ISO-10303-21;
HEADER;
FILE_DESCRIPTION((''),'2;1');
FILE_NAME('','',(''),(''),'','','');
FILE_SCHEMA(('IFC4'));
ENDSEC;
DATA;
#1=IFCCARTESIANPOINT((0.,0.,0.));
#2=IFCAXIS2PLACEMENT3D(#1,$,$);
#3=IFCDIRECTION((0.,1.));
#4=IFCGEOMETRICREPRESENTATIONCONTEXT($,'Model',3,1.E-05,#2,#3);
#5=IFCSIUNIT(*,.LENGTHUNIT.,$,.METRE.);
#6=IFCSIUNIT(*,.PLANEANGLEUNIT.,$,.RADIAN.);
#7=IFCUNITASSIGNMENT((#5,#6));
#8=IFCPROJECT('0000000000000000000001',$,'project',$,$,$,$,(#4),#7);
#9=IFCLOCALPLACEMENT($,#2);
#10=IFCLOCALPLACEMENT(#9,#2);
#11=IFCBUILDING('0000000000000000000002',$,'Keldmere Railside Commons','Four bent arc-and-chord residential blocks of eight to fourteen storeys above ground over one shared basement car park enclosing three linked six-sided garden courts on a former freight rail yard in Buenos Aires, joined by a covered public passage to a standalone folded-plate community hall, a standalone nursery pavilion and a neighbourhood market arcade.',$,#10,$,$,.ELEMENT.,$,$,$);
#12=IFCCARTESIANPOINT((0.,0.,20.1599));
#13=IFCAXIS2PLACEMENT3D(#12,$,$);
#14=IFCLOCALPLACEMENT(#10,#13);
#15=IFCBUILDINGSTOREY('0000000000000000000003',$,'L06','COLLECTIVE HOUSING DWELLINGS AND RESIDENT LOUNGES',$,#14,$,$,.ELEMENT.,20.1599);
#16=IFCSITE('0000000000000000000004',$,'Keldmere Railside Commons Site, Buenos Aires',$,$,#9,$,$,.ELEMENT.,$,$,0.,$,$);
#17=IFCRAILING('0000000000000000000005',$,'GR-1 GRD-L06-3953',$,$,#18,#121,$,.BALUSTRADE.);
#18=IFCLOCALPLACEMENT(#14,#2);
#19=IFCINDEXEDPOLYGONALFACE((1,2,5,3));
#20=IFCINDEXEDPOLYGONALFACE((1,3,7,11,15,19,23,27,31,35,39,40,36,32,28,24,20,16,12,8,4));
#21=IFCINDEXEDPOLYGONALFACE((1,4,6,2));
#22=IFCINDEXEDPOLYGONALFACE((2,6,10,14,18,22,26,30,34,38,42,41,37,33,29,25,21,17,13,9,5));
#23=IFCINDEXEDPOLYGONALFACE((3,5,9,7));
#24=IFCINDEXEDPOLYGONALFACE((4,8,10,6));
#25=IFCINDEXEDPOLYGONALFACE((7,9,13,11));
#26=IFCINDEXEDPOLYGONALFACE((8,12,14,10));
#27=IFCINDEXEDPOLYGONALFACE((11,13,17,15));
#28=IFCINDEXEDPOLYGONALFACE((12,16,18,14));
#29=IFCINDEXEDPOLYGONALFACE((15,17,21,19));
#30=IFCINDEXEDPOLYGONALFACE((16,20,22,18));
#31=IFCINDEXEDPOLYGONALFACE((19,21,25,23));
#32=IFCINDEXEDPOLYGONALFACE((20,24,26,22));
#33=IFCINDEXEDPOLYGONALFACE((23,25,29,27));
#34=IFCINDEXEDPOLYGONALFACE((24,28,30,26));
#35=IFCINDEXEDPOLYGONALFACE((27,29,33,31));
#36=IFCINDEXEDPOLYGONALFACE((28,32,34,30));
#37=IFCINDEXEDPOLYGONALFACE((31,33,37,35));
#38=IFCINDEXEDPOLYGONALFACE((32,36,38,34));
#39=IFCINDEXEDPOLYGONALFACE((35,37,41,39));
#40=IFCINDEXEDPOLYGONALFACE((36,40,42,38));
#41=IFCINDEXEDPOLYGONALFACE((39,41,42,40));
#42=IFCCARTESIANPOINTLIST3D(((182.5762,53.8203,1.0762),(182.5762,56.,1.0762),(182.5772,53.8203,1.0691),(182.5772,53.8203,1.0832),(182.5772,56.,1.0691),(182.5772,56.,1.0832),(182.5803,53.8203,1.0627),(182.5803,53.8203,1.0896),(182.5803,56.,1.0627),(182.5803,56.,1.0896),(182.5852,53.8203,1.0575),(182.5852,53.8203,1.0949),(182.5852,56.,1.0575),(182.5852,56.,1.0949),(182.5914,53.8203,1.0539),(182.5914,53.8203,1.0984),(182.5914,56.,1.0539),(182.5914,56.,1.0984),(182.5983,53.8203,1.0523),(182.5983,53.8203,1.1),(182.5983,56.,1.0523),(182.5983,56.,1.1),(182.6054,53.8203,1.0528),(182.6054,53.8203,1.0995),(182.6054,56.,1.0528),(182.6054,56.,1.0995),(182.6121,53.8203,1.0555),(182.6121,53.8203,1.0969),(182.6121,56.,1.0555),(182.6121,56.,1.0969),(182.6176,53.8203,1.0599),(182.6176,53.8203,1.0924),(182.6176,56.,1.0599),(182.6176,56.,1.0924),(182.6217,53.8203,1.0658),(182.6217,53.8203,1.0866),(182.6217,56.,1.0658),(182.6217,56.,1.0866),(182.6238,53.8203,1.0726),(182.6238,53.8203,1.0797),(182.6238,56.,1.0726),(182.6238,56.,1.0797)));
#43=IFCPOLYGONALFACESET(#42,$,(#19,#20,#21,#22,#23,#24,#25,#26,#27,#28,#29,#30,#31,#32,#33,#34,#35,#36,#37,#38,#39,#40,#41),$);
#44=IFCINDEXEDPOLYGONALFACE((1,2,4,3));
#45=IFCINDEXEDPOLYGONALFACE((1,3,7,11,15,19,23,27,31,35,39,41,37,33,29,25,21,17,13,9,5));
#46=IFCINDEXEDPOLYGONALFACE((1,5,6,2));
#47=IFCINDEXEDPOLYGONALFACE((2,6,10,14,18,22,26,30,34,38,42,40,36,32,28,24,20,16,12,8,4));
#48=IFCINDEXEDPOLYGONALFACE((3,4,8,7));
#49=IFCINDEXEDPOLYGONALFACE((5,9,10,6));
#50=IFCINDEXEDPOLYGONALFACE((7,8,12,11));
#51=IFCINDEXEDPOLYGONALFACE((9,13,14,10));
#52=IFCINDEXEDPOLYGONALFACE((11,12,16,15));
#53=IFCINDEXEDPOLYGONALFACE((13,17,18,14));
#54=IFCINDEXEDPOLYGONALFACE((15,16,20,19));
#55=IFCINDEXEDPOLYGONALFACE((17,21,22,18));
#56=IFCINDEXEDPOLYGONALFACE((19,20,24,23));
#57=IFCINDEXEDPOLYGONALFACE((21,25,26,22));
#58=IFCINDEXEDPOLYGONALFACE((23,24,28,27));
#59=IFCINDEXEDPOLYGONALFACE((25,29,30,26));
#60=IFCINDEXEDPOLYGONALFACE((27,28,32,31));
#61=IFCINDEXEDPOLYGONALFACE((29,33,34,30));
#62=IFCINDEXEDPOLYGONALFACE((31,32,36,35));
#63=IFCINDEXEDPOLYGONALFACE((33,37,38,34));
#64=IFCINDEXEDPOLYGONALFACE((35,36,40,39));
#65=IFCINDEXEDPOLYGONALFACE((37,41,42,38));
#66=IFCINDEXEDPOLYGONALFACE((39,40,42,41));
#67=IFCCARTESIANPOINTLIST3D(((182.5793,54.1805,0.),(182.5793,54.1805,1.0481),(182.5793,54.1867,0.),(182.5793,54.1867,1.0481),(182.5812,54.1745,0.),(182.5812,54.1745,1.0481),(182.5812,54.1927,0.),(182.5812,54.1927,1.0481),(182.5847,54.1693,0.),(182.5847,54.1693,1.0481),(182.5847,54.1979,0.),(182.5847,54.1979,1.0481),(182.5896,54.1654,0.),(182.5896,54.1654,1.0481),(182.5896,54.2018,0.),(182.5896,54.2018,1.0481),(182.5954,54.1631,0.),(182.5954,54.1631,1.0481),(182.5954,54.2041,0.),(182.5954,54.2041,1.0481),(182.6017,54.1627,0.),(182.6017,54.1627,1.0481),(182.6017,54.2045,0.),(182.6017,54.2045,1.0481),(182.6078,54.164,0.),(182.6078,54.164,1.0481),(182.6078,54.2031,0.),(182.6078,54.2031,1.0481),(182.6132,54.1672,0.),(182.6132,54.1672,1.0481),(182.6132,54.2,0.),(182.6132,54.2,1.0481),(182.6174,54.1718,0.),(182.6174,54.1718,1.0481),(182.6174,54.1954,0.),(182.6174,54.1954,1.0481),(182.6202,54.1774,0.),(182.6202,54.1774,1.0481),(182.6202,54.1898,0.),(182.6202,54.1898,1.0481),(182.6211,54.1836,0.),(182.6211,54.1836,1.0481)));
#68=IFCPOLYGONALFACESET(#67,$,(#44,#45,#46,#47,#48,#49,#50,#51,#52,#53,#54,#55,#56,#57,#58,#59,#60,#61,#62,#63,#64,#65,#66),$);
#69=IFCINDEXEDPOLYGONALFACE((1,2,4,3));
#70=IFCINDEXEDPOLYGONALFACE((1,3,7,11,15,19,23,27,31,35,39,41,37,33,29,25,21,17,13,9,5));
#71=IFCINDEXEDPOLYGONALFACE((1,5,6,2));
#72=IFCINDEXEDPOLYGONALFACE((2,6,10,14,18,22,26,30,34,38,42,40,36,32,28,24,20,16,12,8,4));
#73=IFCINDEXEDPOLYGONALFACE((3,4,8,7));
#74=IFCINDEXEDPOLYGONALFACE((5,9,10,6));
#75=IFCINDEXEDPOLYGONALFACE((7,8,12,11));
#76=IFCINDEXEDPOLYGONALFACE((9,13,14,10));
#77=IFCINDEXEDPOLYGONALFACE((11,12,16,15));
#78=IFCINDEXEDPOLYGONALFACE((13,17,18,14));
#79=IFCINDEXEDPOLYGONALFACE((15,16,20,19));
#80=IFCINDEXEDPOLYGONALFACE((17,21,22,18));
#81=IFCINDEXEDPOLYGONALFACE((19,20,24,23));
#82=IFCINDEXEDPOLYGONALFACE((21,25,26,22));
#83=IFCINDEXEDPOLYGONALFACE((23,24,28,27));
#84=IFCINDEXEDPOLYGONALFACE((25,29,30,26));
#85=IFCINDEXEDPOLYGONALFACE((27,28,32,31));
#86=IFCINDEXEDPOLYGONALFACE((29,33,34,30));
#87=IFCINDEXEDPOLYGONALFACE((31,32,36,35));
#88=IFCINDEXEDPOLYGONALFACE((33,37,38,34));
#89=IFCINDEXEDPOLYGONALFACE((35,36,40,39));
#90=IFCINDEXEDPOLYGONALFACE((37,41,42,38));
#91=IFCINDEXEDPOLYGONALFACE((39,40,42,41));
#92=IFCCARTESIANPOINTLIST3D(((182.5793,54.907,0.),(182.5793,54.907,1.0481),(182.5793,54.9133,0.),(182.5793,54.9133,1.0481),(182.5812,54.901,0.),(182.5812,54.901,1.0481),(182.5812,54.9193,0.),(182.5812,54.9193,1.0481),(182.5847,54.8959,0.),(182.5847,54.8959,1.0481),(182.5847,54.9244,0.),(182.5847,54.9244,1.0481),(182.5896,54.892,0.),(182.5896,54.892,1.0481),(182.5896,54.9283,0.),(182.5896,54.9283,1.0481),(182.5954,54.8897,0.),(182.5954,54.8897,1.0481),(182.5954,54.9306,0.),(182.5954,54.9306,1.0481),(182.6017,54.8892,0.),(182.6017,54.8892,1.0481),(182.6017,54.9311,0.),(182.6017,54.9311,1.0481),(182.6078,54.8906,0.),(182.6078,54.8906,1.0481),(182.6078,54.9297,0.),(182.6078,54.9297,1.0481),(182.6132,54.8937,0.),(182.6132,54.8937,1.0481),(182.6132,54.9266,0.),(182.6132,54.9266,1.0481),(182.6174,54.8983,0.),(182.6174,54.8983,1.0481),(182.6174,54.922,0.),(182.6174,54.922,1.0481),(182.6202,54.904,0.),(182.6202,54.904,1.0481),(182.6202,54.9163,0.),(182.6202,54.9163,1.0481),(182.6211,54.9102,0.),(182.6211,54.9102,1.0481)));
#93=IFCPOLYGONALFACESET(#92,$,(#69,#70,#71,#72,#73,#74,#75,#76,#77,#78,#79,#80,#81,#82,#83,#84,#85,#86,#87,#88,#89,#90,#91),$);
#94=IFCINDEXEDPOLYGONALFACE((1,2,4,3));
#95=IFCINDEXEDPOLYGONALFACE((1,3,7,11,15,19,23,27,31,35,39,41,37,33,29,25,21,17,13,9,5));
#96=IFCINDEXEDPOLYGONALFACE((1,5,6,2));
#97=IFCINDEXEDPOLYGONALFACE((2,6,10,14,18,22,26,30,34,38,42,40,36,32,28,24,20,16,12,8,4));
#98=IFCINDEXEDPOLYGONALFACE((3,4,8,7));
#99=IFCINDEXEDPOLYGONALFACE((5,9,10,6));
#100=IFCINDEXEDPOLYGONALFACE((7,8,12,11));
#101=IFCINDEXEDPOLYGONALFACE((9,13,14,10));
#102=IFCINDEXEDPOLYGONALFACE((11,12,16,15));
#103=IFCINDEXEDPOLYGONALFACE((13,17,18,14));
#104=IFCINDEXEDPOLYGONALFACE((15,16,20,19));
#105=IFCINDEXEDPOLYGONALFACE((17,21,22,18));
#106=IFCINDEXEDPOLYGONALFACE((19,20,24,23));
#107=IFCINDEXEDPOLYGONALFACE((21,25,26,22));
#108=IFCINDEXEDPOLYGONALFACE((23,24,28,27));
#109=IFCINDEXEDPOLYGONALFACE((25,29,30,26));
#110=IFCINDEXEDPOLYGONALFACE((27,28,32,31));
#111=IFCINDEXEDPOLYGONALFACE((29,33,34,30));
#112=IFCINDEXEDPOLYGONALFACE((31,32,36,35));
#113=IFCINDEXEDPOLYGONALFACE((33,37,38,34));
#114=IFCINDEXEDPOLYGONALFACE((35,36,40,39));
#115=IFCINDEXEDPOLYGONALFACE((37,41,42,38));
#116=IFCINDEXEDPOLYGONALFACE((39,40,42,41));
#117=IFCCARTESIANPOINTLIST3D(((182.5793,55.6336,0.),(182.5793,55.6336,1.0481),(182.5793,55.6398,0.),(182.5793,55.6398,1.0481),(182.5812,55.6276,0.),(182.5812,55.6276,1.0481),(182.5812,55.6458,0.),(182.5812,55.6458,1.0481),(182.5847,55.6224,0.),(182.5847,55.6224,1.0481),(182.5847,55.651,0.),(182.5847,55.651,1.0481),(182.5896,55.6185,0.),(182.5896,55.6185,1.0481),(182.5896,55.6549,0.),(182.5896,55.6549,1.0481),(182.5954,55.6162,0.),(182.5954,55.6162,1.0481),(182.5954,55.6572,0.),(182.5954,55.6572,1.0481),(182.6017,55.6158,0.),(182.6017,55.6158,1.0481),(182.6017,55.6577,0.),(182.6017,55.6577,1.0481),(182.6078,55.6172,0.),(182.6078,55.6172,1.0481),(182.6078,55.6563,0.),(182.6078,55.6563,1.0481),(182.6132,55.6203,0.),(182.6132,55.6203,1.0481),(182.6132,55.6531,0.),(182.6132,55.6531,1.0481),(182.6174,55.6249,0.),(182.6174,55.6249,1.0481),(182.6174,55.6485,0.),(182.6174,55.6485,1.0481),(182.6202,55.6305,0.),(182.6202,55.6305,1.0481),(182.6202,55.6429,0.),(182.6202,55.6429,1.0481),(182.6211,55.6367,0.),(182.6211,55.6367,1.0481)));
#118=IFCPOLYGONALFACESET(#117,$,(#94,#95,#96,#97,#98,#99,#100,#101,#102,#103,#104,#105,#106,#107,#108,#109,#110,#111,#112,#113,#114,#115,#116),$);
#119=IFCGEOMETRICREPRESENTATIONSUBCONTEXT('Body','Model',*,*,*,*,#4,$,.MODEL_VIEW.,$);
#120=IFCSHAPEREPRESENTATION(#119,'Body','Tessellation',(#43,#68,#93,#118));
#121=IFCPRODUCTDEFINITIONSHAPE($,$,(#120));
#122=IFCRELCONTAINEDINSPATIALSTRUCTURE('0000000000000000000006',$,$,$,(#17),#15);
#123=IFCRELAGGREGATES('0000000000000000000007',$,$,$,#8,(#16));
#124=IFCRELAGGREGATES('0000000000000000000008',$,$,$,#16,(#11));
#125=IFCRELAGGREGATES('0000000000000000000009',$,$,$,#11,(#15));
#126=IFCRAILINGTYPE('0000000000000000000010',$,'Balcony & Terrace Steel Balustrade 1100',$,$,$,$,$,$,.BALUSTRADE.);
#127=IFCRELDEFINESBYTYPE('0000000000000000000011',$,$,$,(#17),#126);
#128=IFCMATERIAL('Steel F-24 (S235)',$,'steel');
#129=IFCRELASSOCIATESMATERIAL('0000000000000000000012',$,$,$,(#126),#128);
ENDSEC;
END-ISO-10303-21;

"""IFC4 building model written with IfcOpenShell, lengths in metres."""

from ifc_helpers import new_model, si_unit, direction, frame, origin, origin_2d, place, context, subcontext, project, spatial, circle, extrude, material, type_object, element, save


model = new_model("IFC4")

# Units and contexts
model_context = context("Model", 3, precision=1e-05, world=origin(), true_north=direction((0.0, 1.0)))
body_context = subcontext(model_context, "Body", "Model", "MODEL_VIEW")
ifc_project = project(units=[si_unit("LENGTHUNIT", "METRE"), si_unit("PLANEANGLEUNIT", "RADIAN")], contexts=[model_context])

# Site, building, storey
site_placement = place(None, origin())
site = spatial("IfcSite", under=ifc_project, at=site_placement, Name="Keldmere Railside Commons Site, Buenos Aires", CompositionType="ELEMENT", RefElevation=0.0)
building_placement = place(site_placement, origin())
building = spatial("IfcBuilding", under=site, at=building_placement, Name="Keldmere Railside Commons", Description="Four bent arc-and-chord residential blocks of eight to fourteen storeys above ground over one shared basement car park enclosing three linked six-sided garden courts on a former freight rail yard in Buenos Aires, joined by a covered public passage to a standalone folded-plate community hall, a standalone nursery pavilion and a neighbourhood market arcade.", CompositionType="ELEMENT")
storey_placement = place(building_placement, frame((0.0, 0.0, 20.1599)))
storey = spatial("IfcBuildingStorey", under=building, at=storey_placement, Name="L06", Description="COLLECTIVE HOUSING DWELLINGS AND RESIDENT LOUNGES", CompositionType="ELEMENT", Elevation=20.1599)

# Shared definitions
ifc_material_1 = material(Name="Steel F-24 (S235)", Category="steel")

# Railing
railing_type = type_object("IfcRailingType", Name="Balcony & Terrace Steel Balustrade 1100", PredefinedType="BALUSTRADE", material=ifc_material_1)
railing_1_placement = place(storey_placement, frame((182.6001, 53.8203, 0.0)))
element("IfcRailing", 1, at=railing_1_placement, inside=storey, type_object=railing_type, Name="GR-1 GRD-L06-3953", PredefinedType="BALUSTRADE", context=body_context, shape_type="SweptSolid", body=[
    extrude(circle(Radius=0.0239, at=origin_2d()), frame((0.0, 0.0, 1.0762), z_axis=(0.0, 1.0, 0.0), x_axis=(-1.0, 0.0, 0.0)), (0.0, 0.0, 1.0), 2.1797),
    extrude(circle(Radius=0.021, at=origin_2d()), frame((0.0, 0.3633, 0.0)), (0.0, 0.0, 1.0), 1.0481),
    extrude(circle(Radius=0.021, at=origin_2d()), frame((0.0, 1.0898, 0.0)), (0.0, 0.0, 1.0), 1.0481),
    extrude(circle(Radius=0.021, at=origin_2d()), frame((0.0, 1.8164, 0.0)), (0.0, 0.0, 1.0), 1.0481),
])

save(model, "model.ifc")
